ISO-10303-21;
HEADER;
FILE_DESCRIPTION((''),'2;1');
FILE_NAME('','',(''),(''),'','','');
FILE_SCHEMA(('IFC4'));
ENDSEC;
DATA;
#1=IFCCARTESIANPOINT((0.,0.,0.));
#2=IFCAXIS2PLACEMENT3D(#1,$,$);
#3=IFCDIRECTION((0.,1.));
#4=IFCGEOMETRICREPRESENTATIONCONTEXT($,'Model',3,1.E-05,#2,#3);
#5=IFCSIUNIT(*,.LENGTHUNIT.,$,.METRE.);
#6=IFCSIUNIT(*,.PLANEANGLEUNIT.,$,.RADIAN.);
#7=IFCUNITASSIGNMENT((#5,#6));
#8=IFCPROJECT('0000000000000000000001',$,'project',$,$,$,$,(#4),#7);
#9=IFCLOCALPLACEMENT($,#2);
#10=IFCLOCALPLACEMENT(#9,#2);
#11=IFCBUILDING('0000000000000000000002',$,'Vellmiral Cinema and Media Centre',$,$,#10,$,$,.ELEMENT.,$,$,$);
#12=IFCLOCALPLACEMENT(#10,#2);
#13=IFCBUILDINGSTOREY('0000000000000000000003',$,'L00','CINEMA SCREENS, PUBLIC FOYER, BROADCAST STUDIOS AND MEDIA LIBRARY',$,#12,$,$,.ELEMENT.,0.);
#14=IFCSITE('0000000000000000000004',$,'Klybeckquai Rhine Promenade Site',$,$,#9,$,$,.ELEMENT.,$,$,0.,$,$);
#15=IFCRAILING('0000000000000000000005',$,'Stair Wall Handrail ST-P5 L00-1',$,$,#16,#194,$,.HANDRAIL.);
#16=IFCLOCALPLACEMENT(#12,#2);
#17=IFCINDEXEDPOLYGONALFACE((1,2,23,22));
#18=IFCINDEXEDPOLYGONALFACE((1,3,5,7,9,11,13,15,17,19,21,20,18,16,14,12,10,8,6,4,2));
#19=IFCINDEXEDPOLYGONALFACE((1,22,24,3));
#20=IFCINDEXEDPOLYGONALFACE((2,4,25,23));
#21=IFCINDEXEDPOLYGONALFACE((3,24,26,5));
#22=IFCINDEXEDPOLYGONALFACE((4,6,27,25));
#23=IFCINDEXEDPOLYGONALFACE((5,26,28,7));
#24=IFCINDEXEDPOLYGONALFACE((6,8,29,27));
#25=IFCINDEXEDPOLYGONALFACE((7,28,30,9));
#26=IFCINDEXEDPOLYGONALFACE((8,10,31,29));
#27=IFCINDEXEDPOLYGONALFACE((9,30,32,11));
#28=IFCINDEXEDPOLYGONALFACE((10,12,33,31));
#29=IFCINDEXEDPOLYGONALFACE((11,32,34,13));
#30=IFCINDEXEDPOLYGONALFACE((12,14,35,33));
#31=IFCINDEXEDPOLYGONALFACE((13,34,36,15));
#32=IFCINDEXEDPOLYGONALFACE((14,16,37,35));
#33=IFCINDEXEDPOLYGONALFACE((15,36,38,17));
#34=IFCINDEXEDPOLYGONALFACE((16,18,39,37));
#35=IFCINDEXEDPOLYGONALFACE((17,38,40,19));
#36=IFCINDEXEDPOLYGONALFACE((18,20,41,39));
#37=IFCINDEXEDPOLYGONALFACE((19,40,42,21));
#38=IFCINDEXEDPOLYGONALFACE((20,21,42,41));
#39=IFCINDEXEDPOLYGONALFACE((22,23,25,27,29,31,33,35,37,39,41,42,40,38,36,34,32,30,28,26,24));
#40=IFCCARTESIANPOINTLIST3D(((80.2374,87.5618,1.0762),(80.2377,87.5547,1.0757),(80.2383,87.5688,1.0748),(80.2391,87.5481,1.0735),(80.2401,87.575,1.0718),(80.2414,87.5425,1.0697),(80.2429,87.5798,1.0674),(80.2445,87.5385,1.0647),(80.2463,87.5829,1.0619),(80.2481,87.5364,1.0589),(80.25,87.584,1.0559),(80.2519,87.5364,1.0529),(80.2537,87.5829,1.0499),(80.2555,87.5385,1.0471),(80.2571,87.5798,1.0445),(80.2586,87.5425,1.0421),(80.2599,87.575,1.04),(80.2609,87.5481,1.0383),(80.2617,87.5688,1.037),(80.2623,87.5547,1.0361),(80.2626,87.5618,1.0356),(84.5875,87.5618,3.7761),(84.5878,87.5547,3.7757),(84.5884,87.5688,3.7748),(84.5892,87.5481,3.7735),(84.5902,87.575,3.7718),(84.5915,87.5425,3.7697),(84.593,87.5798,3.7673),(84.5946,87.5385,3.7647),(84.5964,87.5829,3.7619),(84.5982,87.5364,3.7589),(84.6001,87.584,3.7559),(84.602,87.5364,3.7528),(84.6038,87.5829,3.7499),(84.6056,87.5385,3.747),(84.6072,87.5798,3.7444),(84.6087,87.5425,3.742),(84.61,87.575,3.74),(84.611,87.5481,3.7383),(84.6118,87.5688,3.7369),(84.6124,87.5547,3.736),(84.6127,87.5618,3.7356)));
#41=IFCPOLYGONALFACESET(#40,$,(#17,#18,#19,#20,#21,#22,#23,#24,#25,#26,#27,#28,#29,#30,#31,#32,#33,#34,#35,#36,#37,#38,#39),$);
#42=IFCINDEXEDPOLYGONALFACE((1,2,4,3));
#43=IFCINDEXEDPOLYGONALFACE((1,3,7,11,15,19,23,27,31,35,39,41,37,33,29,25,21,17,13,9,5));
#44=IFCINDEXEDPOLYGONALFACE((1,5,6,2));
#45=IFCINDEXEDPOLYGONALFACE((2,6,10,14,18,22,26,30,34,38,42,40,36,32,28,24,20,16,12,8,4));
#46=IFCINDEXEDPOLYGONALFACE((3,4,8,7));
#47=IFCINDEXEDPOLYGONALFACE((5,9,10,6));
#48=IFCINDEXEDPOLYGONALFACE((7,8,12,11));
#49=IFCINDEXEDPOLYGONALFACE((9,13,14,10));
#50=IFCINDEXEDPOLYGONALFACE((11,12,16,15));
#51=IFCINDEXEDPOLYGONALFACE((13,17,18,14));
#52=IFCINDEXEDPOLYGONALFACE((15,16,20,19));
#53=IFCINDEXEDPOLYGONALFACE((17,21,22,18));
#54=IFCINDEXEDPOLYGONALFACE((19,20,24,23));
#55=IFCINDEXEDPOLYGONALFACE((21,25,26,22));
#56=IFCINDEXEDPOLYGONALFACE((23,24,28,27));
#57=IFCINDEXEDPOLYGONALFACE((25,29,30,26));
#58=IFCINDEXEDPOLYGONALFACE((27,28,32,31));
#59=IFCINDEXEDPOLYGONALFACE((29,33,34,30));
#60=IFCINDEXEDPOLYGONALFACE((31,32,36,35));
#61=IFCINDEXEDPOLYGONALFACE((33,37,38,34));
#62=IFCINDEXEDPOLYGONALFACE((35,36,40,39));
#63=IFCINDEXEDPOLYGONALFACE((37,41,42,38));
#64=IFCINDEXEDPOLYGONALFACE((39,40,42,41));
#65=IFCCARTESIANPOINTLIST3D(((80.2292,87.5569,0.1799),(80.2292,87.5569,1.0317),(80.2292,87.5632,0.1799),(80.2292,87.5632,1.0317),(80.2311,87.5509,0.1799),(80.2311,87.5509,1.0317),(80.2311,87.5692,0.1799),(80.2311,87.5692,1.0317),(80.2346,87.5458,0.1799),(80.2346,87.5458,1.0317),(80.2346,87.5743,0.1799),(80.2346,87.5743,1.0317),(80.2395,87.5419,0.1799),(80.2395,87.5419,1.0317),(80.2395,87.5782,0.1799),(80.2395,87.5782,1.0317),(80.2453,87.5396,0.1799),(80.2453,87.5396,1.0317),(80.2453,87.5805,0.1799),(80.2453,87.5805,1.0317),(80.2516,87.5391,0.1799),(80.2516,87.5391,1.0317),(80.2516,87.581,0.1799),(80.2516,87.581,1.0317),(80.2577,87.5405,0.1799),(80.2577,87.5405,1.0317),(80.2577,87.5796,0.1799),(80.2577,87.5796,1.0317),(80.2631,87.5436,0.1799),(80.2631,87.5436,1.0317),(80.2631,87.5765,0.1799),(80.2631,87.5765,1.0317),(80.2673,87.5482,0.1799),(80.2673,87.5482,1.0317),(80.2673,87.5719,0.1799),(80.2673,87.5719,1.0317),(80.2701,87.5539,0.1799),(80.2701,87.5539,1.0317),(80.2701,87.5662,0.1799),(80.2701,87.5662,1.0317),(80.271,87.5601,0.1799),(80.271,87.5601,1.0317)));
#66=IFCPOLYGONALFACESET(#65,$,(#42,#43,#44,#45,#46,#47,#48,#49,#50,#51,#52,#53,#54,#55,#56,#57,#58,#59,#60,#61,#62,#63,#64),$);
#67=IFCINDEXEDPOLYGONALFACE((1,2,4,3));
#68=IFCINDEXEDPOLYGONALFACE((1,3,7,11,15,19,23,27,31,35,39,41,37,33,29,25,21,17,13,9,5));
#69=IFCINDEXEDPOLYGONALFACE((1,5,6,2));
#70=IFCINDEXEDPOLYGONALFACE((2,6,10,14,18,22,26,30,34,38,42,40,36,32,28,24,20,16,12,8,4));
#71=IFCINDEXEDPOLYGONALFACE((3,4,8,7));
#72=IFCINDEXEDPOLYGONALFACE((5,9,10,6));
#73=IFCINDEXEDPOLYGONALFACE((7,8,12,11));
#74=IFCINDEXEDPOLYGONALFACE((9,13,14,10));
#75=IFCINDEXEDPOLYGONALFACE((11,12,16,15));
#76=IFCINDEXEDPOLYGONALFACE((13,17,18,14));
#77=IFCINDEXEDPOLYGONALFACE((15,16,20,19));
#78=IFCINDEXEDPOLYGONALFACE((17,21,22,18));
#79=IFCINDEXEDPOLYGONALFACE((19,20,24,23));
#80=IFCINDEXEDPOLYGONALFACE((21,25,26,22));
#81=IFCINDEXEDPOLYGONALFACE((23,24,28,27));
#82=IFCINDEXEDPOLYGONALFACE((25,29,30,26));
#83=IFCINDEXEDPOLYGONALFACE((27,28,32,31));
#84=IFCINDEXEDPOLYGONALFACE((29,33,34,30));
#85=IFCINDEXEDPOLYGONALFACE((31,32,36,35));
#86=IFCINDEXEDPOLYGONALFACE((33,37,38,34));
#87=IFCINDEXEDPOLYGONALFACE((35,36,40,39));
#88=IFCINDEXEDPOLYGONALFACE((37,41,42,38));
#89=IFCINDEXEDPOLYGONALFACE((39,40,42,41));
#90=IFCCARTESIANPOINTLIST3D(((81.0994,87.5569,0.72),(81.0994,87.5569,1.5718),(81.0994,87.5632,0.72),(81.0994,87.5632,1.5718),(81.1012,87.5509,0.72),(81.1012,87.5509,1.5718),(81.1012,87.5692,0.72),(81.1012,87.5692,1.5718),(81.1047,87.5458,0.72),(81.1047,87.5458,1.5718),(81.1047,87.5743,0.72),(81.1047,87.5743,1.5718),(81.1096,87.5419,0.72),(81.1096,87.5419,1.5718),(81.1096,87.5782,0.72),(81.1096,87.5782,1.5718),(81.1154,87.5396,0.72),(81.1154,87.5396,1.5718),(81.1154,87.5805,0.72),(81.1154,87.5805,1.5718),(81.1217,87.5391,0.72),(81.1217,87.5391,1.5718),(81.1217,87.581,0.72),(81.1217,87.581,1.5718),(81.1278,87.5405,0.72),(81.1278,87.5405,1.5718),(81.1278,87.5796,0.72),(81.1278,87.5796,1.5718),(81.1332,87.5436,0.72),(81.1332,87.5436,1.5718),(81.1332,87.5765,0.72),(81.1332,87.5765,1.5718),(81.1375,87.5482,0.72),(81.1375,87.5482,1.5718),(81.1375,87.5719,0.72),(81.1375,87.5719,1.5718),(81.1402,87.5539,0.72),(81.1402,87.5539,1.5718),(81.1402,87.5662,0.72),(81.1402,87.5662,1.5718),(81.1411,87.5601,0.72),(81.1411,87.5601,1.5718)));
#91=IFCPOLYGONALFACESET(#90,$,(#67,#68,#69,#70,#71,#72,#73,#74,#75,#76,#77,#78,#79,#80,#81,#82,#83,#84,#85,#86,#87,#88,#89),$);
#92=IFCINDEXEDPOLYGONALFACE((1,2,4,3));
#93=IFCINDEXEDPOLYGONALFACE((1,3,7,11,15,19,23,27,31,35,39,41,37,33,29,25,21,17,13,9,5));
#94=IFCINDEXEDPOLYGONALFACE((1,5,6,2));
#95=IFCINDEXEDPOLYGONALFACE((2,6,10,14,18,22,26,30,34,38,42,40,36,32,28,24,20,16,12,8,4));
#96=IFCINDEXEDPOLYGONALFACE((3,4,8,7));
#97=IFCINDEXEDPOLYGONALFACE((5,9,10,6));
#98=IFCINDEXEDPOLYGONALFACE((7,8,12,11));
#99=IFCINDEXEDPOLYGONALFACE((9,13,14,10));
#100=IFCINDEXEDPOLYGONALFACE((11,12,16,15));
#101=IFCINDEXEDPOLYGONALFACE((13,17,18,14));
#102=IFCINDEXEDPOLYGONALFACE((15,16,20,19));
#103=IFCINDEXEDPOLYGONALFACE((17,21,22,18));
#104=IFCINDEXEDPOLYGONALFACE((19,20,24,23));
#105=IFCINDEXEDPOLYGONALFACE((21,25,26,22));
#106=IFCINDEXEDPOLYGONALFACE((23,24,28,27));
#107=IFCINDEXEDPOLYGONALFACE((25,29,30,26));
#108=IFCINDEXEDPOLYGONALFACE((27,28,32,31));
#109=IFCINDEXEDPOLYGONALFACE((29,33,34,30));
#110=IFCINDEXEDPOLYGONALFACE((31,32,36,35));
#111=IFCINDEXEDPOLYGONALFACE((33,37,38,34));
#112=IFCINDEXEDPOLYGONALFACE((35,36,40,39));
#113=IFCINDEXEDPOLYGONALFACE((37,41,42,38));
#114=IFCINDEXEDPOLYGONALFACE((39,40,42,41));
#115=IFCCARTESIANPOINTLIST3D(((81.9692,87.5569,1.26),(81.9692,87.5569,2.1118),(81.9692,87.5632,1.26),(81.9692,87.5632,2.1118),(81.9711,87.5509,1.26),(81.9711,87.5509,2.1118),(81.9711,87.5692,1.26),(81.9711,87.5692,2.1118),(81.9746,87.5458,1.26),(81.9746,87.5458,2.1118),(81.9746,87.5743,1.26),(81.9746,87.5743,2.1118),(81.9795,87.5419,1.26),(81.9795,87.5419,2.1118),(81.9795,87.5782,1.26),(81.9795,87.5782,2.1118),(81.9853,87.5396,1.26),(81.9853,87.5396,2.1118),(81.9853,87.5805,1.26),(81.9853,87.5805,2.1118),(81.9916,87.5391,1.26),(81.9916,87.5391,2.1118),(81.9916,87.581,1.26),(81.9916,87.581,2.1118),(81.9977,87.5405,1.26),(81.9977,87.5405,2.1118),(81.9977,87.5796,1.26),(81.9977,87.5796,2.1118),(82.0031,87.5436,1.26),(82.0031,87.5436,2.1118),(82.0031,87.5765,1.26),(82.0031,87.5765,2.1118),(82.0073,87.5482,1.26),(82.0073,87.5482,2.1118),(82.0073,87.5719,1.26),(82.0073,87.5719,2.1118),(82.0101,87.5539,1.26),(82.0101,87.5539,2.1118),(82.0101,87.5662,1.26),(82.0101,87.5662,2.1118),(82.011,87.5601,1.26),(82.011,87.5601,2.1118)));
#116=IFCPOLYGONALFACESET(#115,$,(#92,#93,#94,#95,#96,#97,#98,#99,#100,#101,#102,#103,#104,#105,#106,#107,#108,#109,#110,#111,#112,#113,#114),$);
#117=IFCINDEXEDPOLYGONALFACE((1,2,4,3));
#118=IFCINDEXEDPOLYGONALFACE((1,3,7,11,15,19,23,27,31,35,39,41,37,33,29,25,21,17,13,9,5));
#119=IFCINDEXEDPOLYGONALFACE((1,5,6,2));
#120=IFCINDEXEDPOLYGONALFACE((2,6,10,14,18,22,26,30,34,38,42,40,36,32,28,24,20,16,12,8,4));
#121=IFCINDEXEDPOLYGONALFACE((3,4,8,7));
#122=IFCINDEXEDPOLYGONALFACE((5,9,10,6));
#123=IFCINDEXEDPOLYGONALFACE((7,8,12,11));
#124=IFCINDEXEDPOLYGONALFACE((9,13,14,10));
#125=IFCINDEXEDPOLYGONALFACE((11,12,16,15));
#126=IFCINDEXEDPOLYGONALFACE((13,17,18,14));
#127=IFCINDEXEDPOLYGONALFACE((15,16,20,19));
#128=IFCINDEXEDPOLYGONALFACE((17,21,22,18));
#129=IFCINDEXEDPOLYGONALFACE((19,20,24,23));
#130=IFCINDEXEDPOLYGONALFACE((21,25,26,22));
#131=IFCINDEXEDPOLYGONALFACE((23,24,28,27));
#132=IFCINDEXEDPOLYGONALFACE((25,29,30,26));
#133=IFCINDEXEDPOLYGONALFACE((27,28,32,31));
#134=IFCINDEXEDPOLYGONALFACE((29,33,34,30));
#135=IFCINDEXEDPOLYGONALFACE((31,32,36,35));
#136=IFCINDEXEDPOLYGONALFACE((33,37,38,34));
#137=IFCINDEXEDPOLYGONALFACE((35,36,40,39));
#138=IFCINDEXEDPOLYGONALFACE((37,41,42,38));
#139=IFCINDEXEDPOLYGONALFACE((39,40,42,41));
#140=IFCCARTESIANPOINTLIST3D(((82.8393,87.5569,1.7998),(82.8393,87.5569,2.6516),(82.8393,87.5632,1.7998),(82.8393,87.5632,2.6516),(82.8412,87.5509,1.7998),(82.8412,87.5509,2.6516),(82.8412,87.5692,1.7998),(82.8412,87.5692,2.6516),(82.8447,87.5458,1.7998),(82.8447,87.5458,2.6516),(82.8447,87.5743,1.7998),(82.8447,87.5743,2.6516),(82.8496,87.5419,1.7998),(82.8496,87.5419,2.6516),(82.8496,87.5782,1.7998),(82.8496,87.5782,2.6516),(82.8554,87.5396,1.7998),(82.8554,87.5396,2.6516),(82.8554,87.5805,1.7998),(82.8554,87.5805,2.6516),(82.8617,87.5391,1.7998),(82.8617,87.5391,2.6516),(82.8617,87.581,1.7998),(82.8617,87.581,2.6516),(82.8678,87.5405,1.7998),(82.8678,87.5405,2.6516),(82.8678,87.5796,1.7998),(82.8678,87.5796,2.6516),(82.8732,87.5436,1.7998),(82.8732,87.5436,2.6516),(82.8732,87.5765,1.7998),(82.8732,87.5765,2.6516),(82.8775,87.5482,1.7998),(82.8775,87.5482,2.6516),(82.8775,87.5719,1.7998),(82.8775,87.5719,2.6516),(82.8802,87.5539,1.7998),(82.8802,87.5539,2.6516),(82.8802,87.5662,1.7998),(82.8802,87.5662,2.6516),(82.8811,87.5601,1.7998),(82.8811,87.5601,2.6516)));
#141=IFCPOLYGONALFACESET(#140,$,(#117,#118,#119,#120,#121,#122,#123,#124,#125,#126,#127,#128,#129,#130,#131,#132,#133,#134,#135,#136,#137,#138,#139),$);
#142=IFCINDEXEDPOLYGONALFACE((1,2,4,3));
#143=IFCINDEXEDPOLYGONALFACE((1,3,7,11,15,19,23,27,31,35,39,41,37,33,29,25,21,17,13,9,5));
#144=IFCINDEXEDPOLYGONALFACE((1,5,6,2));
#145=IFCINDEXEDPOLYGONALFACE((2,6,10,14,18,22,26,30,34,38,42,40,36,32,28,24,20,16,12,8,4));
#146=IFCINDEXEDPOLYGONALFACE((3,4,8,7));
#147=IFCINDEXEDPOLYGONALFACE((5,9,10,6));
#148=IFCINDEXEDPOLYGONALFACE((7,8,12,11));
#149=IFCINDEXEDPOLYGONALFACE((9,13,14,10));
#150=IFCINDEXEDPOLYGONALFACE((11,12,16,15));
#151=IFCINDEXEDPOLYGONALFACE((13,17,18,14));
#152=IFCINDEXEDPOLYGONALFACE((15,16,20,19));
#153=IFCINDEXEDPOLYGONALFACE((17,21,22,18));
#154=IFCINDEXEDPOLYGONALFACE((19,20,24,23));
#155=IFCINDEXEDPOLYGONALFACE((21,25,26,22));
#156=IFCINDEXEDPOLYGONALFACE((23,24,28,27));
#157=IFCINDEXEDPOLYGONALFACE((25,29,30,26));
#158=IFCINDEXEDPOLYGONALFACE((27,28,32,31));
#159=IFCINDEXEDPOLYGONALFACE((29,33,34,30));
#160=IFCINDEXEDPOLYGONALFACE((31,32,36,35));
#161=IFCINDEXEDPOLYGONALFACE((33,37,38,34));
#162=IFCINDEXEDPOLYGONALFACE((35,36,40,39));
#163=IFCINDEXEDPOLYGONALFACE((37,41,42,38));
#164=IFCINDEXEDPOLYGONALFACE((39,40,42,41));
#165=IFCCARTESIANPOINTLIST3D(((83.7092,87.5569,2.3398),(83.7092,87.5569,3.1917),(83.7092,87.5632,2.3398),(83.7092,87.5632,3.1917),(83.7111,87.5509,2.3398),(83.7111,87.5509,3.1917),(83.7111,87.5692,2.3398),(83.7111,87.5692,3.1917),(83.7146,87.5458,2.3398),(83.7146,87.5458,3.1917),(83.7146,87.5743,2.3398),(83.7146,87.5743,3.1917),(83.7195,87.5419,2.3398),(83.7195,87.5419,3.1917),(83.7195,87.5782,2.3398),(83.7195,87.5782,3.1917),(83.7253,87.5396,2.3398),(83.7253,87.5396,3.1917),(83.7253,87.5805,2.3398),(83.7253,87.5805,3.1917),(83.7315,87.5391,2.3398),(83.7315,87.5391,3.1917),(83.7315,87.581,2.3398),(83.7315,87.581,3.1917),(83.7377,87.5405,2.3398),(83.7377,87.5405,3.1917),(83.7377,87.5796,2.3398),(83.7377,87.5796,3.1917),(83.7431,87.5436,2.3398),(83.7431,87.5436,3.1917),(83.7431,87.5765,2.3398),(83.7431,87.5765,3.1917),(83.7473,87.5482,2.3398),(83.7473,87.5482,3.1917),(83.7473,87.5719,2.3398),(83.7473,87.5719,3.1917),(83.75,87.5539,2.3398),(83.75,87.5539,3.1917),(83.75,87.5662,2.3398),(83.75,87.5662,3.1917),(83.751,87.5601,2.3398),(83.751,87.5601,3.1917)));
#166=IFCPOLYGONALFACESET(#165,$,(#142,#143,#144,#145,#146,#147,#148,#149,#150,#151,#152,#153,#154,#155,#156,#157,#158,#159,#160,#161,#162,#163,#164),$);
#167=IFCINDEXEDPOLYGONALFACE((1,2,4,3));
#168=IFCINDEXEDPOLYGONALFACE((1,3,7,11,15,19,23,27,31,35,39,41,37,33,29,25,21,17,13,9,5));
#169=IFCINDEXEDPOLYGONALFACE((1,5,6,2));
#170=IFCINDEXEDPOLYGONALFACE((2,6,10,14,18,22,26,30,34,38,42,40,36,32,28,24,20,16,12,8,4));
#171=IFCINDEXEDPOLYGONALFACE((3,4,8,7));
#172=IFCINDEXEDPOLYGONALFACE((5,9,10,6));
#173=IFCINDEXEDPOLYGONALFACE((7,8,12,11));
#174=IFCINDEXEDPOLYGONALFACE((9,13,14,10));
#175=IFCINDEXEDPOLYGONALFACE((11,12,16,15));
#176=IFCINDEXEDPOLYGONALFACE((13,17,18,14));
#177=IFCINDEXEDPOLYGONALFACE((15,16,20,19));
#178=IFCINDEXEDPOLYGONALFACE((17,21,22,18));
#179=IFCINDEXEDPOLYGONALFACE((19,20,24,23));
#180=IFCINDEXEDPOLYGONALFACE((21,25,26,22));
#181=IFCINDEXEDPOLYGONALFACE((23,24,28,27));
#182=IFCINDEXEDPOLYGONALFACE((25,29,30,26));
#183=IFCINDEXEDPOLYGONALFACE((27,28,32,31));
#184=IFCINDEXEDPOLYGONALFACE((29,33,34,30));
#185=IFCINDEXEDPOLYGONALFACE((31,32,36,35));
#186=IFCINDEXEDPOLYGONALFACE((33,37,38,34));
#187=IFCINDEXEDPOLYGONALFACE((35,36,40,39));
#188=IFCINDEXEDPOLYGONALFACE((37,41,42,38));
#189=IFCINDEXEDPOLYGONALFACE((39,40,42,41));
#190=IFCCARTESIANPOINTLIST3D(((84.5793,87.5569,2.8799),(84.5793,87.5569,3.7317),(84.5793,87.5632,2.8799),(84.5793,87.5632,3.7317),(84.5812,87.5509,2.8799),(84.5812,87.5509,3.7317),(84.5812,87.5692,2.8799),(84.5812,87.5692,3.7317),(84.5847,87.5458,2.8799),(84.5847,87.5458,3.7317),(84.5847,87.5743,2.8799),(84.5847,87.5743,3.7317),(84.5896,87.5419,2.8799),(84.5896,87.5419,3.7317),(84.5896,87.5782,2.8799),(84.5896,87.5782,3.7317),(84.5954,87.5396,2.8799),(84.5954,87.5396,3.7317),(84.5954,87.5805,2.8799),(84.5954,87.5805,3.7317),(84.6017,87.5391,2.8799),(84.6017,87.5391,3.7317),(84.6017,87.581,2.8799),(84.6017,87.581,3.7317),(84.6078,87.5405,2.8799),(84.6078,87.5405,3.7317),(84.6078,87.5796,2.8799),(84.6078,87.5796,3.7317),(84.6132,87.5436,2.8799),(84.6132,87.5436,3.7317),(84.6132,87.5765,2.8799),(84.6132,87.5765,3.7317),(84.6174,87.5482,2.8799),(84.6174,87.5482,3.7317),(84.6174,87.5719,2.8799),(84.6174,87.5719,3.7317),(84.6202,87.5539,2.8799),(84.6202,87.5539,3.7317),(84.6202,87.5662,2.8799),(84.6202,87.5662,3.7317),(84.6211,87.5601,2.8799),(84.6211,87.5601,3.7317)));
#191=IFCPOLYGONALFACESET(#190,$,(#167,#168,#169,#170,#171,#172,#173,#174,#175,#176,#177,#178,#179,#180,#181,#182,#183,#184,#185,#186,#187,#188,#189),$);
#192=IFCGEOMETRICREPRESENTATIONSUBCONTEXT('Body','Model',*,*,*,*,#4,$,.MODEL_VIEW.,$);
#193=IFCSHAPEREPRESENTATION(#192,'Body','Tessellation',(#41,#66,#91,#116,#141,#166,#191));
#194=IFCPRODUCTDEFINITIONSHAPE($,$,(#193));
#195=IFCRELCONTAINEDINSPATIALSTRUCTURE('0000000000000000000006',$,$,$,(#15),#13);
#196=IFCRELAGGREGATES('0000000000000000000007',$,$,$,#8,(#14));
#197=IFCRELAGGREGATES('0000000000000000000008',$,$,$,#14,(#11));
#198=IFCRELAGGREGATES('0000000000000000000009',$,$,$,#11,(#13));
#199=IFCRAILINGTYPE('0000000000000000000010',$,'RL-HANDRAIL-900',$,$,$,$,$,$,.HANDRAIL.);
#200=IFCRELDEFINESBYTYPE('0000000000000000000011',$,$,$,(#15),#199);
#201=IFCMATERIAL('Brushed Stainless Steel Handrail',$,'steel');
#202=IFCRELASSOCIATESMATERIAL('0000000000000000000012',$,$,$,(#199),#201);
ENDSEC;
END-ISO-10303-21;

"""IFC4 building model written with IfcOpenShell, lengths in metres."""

from ifc_helpers import new_model, si_unit, direction, frame, origin, origin_2d, place, context, subcontext, project, spatial, circle, extrude, material, type_object, element, save


model = new_model("IFC4")

# Units and contexts
model_context = context("Model", 3, precision=1e-05, world=origin(), true_north=direction((0.0, 1.0)))
body_context = subcontext(model_context, "Body", "Model", "MODEL_VIEW")
ifc_project = project(units=[si_unit("LENGTHUNIT", "METRE"), si_unit("PLANEANGLEUNIT", "RADIAN")], contexts=[model_context])

# Site, building, storey
site_placement = place(None, origin())
site = spatial("IfcSite", under=ifc_project, at=site_placement, Name="Klybeckquai Rhine Promenade Site", CompositionType="ELEMENT", RefElevation=0.0)
building_placement = place(site_placement, origin())
building = spatial("IfcBuilding", under=site, at=building_placement, Name="Vellmiral Cinema and Media Centre", CompositionType="ELEMENT")
storey_placement = place(building_placement, origin())
storey = spatial("IfcBuildingStorey", under=building, at=storey_placement, Name="L00", Description="CINEMA SCREENS, PUBLIC FOYER, BROADCAST STUDIOS AND MEDIA LIBRARY", CompositionType="ELEMENT", Elevation=0.0)

# Railing
ifc_material_1 = material(Name="Brushed Stainless Steel Handrail", Category="steel")
railing_type_1 = type_object("IfcRailingType", Name="RL-HANDRAIL-900", PredefinedType="HANDRAIL", material=ifc_material_1)
railing_1_placement = place(storey_placement, frame((80.25, 87.5601, 0.1799)))
element("IfcRailing", 1, at=railing_1_placement, inside=storey, type_object=railing_type_1, Name="Stair Wall Handrail ST-P5 L00-1", PredefinedType="HANDRAIL", context=body_context, shape_type="SweptSolid", body=[
    extrude(circle(Radius=0.0239, at=origin_2d()), frame((0.0, 0.0, 0.876), z_axis=(0.84965, 0.0, 0.527347), x_axis=(0.0, 1.0, 0.0)), (0.0, 0.0, 1.0), 5.1199),
    extrude(circle(Radius=0.021, at=origin_2d()), origin(), (0.0, 0.0, 1.0), 0.8518),
    extrude(circle(Radius=0.021, at=origin_2d()), frame((0.8701, 0.0, 0.54)), (0.0, 0.0, 1.0), 0.8518),
    extrude(circle(Radius=0.021, at=origin_2d()), frame((1.74, 0.0, 1.0801)), (0.0, 0.0, 1.0), 0.8518),
    extrude(circle(Radius=0.021, at=origin_2d()), frame((2.6101, 0.0, 1.6199)), (0.0, 0.0, 1.0), 0.8518),
    extrude(circle(Radius=0.021, at=origin_2d()), frame((3.48, 0.0, 2.1599)), (0.0, 0.0, 1.0), 0.8518),
    extrude(circle(Radius=0.021, at=origin_2d()), frame((4.3501, 0.0, 2.7)), (0.0, 0.0, 1.0), 0.8518),
])

save(model, "model.ifc")
